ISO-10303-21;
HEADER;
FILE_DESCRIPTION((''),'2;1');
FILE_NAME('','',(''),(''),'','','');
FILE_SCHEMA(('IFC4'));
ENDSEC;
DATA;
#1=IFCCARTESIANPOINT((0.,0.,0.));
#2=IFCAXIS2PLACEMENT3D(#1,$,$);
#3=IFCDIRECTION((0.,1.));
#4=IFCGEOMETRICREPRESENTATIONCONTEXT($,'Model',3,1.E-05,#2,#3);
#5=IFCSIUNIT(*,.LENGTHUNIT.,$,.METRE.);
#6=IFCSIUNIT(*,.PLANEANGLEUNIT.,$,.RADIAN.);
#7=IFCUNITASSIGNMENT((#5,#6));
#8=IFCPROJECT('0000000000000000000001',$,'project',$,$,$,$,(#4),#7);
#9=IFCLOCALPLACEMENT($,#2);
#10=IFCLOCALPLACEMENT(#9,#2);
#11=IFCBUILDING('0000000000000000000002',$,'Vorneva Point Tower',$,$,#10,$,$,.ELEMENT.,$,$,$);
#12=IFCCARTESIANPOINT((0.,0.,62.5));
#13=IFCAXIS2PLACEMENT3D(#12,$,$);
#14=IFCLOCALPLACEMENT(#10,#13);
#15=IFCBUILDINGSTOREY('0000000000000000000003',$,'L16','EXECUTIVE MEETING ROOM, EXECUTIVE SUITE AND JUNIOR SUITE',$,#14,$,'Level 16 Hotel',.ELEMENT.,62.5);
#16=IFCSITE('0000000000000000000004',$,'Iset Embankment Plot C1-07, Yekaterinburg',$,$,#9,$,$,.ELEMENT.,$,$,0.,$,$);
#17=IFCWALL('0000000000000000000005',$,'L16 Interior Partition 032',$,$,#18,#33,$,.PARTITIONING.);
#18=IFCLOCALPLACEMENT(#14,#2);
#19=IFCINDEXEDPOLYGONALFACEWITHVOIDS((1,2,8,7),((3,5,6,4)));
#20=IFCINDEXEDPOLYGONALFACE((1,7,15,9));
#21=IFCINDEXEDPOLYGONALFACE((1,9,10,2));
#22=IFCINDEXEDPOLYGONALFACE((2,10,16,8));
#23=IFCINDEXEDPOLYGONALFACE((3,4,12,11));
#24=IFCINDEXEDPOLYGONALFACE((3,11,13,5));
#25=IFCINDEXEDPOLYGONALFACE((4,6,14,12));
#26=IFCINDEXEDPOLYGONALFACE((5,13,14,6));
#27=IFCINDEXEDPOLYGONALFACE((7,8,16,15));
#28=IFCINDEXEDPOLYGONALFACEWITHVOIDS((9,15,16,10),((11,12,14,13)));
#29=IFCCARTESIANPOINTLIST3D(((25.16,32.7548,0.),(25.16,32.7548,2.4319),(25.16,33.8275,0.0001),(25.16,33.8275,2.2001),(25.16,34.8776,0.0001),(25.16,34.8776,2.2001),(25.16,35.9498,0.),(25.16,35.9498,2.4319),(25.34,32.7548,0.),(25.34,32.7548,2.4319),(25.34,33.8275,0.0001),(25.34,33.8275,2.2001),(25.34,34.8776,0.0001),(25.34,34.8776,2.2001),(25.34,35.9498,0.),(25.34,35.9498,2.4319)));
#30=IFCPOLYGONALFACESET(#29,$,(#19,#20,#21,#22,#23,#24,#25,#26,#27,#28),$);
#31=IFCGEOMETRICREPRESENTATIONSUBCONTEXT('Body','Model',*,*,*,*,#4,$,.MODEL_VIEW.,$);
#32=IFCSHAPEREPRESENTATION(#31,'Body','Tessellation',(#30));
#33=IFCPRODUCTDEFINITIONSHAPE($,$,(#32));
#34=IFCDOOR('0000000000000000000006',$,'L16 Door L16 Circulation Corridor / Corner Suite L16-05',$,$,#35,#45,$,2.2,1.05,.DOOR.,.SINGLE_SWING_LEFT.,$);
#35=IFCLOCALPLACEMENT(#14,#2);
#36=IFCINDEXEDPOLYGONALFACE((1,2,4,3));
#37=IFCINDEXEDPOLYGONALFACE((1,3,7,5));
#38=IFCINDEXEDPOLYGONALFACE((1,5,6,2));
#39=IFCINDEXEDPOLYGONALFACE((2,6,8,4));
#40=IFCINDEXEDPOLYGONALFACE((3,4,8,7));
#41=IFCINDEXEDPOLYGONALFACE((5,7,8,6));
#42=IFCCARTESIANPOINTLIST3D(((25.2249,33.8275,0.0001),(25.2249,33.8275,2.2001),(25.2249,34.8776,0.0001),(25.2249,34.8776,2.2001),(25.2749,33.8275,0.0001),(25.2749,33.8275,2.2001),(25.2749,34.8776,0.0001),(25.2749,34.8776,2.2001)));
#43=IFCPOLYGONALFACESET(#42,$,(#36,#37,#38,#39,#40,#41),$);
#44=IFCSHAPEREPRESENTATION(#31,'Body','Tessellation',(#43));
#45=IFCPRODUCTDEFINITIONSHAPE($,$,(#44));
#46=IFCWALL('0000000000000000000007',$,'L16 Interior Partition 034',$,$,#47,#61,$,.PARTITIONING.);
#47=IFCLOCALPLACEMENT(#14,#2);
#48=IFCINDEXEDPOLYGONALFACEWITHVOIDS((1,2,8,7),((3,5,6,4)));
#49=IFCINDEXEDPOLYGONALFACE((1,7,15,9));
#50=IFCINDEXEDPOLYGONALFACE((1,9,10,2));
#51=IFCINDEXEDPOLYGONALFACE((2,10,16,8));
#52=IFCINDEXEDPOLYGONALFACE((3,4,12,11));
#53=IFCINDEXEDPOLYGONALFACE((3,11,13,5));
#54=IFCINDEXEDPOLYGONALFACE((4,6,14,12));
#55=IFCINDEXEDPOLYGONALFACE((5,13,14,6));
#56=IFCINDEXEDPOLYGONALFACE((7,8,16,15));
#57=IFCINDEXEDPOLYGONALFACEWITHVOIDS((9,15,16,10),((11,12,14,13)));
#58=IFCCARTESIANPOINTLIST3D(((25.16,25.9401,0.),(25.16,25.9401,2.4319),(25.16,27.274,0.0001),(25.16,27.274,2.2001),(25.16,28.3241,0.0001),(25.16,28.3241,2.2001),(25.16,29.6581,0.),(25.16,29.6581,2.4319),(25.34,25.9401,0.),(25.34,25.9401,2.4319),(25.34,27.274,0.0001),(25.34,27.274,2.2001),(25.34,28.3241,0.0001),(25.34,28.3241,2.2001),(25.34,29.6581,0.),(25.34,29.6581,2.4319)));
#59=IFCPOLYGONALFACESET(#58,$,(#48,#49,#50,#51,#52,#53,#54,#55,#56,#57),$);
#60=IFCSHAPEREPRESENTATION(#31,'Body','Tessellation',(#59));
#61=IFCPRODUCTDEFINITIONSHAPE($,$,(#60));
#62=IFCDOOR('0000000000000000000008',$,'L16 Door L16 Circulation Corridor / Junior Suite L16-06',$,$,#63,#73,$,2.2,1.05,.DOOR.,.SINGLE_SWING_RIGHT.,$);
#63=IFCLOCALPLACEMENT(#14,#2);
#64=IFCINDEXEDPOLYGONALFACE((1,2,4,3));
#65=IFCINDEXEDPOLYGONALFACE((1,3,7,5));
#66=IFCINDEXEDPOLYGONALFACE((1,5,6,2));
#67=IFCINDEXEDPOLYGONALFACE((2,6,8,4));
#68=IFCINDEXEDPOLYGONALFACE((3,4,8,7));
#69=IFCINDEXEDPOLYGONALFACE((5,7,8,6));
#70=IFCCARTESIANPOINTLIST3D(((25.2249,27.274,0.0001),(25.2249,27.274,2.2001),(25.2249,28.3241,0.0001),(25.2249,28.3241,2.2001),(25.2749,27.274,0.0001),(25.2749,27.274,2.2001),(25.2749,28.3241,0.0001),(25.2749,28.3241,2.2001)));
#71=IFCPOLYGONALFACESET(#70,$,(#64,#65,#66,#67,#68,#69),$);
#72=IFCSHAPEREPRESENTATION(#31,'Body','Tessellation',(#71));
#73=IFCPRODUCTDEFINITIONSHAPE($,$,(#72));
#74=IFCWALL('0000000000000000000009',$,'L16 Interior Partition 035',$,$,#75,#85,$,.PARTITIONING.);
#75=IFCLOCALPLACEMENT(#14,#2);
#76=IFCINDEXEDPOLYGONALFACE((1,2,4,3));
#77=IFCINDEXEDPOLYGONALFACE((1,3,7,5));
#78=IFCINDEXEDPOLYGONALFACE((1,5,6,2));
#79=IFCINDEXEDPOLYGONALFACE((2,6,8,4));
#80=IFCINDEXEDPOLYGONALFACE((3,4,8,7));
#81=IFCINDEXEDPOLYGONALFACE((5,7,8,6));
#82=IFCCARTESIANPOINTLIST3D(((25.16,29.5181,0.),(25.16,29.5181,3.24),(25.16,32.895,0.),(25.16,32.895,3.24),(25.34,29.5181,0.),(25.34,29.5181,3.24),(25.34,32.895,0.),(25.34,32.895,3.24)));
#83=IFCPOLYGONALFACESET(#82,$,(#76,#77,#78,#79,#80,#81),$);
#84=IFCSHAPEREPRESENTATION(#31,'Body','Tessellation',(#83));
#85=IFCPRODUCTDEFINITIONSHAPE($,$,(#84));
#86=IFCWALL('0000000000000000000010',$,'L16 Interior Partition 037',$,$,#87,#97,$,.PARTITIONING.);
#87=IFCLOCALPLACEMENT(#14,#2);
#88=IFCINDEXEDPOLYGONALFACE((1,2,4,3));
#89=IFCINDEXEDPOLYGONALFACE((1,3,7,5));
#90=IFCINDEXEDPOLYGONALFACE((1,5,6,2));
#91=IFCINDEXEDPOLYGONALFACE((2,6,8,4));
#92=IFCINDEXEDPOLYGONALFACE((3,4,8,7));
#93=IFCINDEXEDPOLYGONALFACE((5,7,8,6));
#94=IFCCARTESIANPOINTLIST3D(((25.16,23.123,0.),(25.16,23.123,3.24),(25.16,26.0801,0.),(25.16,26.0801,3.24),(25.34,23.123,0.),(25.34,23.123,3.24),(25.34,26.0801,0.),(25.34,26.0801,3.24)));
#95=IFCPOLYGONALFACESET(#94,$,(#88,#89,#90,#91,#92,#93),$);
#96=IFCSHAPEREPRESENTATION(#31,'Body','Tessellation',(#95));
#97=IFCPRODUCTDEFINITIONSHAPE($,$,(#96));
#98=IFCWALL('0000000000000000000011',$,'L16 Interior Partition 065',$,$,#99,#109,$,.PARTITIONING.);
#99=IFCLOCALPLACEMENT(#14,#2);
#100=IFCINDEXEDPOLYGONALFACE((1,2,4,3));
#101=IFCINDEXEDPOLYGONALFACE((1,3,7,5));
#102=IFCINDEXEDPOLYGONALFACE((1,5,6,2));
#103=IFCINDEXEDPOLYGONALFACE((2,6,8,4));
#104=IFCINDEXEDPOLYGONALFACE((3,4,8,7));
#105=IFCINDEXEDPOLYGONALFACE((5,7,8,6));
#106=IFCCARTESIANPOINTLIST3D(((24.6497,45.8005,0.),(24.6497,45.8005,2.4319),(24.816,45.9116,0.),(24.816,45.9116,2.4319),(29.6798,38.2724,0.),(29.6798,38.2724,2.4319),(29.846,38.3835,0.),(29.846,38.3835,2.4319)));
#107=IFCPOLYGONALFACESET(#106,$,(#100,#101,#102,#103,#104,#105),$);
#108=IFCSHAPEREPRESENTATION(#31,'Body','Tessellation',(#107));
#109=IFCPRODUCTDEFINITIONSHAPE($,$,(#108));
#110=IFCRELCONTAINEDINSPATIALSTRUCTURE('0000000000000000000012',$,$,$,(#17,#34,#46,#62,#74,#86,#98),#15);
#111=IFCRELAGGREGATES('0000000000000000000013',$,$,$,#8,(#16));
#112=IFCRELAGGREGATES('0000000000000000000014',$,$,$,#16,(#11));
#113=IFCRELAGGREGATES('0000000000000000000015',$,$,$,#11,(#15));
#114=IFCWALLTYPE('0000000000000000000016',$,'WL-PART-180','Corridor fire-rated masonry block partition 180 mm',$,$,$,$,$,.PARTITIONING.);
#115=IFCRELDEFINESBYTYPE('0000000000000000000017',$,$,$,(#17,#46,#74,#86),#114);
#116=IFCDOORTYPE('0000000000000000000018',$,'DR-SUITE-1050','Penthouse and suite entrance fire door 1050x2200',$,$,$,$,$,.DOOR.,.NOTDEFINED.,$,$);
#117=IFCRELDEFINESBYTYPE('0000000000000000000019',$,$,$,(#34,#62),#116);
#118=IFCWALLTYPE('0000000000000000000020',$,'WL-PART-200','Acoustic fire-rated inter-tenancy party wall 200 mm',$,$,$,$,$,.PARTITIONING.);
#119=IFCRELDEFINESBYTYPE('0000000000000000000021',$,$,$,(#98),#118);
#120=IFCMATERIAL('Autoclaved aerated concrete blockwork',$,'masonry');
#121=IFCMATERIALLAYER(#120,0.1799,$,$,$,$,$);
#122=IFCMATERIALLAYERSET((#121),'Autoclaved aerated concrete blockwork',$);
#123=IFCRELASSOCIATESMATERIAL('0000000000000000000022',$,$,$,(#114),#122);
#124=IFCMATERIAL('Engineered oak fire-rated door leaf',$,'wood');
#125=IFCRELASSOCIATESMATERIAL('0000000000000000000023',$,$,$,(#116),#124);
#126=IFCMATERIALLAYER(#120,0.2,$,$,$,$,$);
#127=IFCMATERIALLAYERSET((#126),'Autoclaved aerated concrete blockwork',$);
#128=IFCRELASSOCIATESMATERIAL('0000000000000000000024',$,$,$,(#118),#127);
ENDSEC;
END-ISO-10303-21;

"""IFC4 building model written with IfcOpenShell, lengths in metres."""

from ifc_helpers import new_model, si_unit, direction, frame, frame_2d, origin, place, context, subcontext, project, spatial, rectangle, extrude, material, layer, layer_set, type_object, element, fill, save


model = new_model("IFC4")

# Units and contexts
model_context = context("Model", 3, precision=1e-05, world=origin(), true_north=direction((0.0, 1.0)))
body_context = subcontext(model_context, "Body", "Model", "MODEL_VIEW")
ifc_project = project(units=[si_unit("LENGTHUNIT", "METRE"), si_unit("PLANEANGLEUNIT", "RADIAN")], contexts=[model_context])

# Site, building, storey
site_placement = place(None, origin())
site = spatial("IfcSite", under=ifc_project, at=site_placement, Name="Iset Embankment Plot C1-07, Yekaterinburg", CompositionType="ELEMENT", RefElevation=0.0)
building_placement = place(site_placement, origin())
building = spatial("IfcBuilding", under=site, at=building_placement, Name="Vorneva Point Tower", CompositionType="ELEMENT")
storey_placement = place(building_placement, frame((0.0, 0.0, 62.5)))
storey = spatial("IfcBuildingStorey", under=building, at=storey_placement, Name="L16", Description="EXECUTIVE MEETING ROOM, EXECUTIVE SUITE AND JUNIOR SUITE", LongName="Level 16 Hotel", CompositionType="ELEMENT", Elevation=62.5)

# Shared definitions
ifc_material_1 = material(Name="Engineered oak fire-rated door leaf", Category="wood")

# Walls, openings, doors
ifc_material_2 = material(Name="Autoclaved aerated concrete blockwork", Category="masonry")
ifc_layer_1 = layer(ifc_material_2, 0.1799)
ifc_layer_set_1 = layer_set([ifc_layer_1], Name="Autoclaved aerated concrete blockwork")
wall_type_1 = type_object("IfcWallType", Name="WL-PART-180", Description="Corridor fire-rated masonry block partition 180 mm", PredefinedType="PARTITIONING", material=ifc_layer_set_1)
wall_1_placement = place(storey_placement, frame((25.25, 35.95, 0.0), z_axis=(0.0, 0.0, 1.0), x_axis=(0.0, -1.0, 0.0)))
wall_1 = element("IfcWall", 1, at=wall_1_placement, inside=storey, type_object=wall_type_1, Name="L16 Interior Partition 032", PredefinedType="PARTITIONING", context=body_context, shape_type="SweptSolid", body=[
    extrude(rectangle(XDim=3.1951, YDim=0.1799, at=frame_2d((1.5977, 0.0))), origin(), (0.0, 0.0, 1.0), 2.4319),
])
opening_1_placement = place(wall_1_placement, frame((1.0725, 0.0, 0.0)))
opening_1 = element("IfcOpeningElement", 2, at=opening_1_placement, cuts=wall_1, PredefinedType="OPENING", context=body_context, shape_type="SweptSolid", body=[
    extrude(rectangle(XDim=1.05, YDim=2.2, at=frame_2d((0.5249, 1.1001))), frame((0.0, 0.105, 0.0), z_axis=(0.0, -1.0, 0.0), x_axis=(1.0, 0.0, 0.0)), (0.0, 0.0, 1.0), 0.2097),
])
door_type_1 = type_object("IfcDoorType", Name="DR-SUITE-1050", Description="Penthouse and suite entrance fire door 1050x2200", OperationType="NOTDEFINED", PredefinedType="DOOR", material=ifc_material_1)
door_1_placement = place(opening_1_placement, origin())
door_1 = element("IfcDoor", 3, at=door_1_placement, inside=storey, type_object=door_type_1, Name="L16 Door L16 Circulation Corridor / Corner Suite L16-05", OperationType="SINGLE_SWING_LEFT", OverallHeight=2.2, OverallWidth=1.05, PredefinedType="DOOR", context=body_context, shape_type="SweptSolid", body=[
    extrude(rectangle(XDim=1.05, YDim=2.2, at=frame_2d((0.5249, 1.1001))), frame((0.0, 0.0249, 0.0), z_axis=(0.0, -1.0, 0.0), x_axis=(1.0, 0.0, 0.0)), (0.0, 0.0, 1.0), 0.05),
])
fill(opening_1, door_1)
wall_2_placement = place(storey_placement, frame((25.25, 29.658, 0.0), z_axis=(0.0, 0.0, 1.0), x_axis=(0.0, -1.0, 0.0)))
wall_2 = element("IfcWall", 4, at=wall_2_placement, inside=storey, type_object=wall_type_1, Name="L16 Interior Partition 034", PredefinedType="PARTITIONING", context=body_context, shape_type="SweptSolid", body=[
    extrude(rectangle(XDim=3.718, YDim=0.1799, at=frame_2d((1.8589, 0.0))), origin(), (0.0, 0.0, 1.0), 2.4319),
])
opening_2_placement = place(wall_2_placement, frame((1.334, 0.0, 0.0)))
opening_2 = element("IfcOpeningElement", 5, at=opening_2_placement, cuts=wall_2, PredefinedType="OPENING", context=body_context, shape_type="SweptSolid", body=[
    extrude(rectangle(XDim=1.05, YDim=2.2, at=frame_2d((0.5249, 1.1001))), frame((0.0, 0.105, 0.0), z_axis=(0.0, -1.0, 0.0), x_axis=(1.0, 0.0, 0.0)), (0.0, 0.0, 1.0), 0.2097),
])
door_2_placement = place(opening_2_placement, origin())
door_2 = element("IfcDoor", 6, at=door_2_placement, inside=storey, type_object=door_type_1, Name="L16 Door L16 Circulation Corridor / Junior Suite L16-06", OperationType="SINGLE_SWING_RIGHT", OverallHeight=2.2, OverallWidth=1.05, PredefinedType="DOOR", context=body_context, shape_type="SweptSolid", body=[
    extrude(rectangle(XDim=1.05, YDim=2.2, at=frame_2d((0.5249, 1.1001))), frame((0.0, 0.0249, 0.0), z_axis=(0.0, -1.0, 0.0), x_axis=(1.0, 0.0, 0.0)), (0.0, 0.0, 1.0), 0.05),
])
fill(opening_2, door_2)

# Walls
wall_3_placement = place(storey_placement, frame((25.25, 32.895, 0.0), z_axis=(0.0, 0.0, 1.0), x_axis=(0.0, -1.0, 0.0)))
element("IfcWall", 7, at=wall_3_placement, inside=storey, type_object=wall_type_1, Name="L16 Interior Partition 035", PredefinedType="PARTITIONING", context=body_context, shape_type="SweptSolid", body=[
    extrude(rectangle(XDim=3.377, YDim=0.1799, at=frame_2d((1.6885, 0.0))), origin(), (0.0, 0.0, 1.0), 3.24),
])
wall_4_placement = place(storey_placement, frame((25.25, 26.0801, 0.0), z_axis=(0.0, 0.0, 1.0), x_axis=(0.0, -1.0, 0.0)))
element("IfcWall", 8, at=wall_4_placement, inside=storey, type_object=wall_type_1, Name="L16 Interior Partition 037", PredefinedType="PARTITIONING", context=body_context, shape_type="SweptSolid", body=[
    extrude(rectangle(XDim=2.957, YDim=0.1799, at=frame_2d((1.4785, 0.0))), origin(), (0.0, 0.0, 1.0), 3.24),
])
ifc_layer_2 = layer(ifc_material_2, 0.2)
ifc_layer_set_2 = layer_set([ifc_layer_2], Name="Autoclaved aerated concrete blockwork")
wall_type_2 = type_object("IfcWallType", Name="WL-PART-200", Description="Acoustic fire-rated inter-tenancy party wall 200 mm", PredefinedType="PARTITIONING", material=ifc_layer_set_2)
wall_5_placement = place(storey_placement, frame((24.7329, 45.856, 0.0), z_axis=(0.0, 0.0, 1.0), x_axis=(0.555565, -0.831473, 0.0)))
element("IfcWall", 9, at=wall_5_placement, inside=storey, type_object=wall_type_2, Name="L16 Interior Partition 065", PredefinedType="PARTITIONING", context=body_context, shape_type="SweptSolid", body=[
    extrude(rectangle(XDim=9.054, YDim=0.2, at=frame_2d((4.5269, 0.0))), origin(), (0.0, 0.0, 1.0), 2.4319),
])

save(model, "model.ifc")
